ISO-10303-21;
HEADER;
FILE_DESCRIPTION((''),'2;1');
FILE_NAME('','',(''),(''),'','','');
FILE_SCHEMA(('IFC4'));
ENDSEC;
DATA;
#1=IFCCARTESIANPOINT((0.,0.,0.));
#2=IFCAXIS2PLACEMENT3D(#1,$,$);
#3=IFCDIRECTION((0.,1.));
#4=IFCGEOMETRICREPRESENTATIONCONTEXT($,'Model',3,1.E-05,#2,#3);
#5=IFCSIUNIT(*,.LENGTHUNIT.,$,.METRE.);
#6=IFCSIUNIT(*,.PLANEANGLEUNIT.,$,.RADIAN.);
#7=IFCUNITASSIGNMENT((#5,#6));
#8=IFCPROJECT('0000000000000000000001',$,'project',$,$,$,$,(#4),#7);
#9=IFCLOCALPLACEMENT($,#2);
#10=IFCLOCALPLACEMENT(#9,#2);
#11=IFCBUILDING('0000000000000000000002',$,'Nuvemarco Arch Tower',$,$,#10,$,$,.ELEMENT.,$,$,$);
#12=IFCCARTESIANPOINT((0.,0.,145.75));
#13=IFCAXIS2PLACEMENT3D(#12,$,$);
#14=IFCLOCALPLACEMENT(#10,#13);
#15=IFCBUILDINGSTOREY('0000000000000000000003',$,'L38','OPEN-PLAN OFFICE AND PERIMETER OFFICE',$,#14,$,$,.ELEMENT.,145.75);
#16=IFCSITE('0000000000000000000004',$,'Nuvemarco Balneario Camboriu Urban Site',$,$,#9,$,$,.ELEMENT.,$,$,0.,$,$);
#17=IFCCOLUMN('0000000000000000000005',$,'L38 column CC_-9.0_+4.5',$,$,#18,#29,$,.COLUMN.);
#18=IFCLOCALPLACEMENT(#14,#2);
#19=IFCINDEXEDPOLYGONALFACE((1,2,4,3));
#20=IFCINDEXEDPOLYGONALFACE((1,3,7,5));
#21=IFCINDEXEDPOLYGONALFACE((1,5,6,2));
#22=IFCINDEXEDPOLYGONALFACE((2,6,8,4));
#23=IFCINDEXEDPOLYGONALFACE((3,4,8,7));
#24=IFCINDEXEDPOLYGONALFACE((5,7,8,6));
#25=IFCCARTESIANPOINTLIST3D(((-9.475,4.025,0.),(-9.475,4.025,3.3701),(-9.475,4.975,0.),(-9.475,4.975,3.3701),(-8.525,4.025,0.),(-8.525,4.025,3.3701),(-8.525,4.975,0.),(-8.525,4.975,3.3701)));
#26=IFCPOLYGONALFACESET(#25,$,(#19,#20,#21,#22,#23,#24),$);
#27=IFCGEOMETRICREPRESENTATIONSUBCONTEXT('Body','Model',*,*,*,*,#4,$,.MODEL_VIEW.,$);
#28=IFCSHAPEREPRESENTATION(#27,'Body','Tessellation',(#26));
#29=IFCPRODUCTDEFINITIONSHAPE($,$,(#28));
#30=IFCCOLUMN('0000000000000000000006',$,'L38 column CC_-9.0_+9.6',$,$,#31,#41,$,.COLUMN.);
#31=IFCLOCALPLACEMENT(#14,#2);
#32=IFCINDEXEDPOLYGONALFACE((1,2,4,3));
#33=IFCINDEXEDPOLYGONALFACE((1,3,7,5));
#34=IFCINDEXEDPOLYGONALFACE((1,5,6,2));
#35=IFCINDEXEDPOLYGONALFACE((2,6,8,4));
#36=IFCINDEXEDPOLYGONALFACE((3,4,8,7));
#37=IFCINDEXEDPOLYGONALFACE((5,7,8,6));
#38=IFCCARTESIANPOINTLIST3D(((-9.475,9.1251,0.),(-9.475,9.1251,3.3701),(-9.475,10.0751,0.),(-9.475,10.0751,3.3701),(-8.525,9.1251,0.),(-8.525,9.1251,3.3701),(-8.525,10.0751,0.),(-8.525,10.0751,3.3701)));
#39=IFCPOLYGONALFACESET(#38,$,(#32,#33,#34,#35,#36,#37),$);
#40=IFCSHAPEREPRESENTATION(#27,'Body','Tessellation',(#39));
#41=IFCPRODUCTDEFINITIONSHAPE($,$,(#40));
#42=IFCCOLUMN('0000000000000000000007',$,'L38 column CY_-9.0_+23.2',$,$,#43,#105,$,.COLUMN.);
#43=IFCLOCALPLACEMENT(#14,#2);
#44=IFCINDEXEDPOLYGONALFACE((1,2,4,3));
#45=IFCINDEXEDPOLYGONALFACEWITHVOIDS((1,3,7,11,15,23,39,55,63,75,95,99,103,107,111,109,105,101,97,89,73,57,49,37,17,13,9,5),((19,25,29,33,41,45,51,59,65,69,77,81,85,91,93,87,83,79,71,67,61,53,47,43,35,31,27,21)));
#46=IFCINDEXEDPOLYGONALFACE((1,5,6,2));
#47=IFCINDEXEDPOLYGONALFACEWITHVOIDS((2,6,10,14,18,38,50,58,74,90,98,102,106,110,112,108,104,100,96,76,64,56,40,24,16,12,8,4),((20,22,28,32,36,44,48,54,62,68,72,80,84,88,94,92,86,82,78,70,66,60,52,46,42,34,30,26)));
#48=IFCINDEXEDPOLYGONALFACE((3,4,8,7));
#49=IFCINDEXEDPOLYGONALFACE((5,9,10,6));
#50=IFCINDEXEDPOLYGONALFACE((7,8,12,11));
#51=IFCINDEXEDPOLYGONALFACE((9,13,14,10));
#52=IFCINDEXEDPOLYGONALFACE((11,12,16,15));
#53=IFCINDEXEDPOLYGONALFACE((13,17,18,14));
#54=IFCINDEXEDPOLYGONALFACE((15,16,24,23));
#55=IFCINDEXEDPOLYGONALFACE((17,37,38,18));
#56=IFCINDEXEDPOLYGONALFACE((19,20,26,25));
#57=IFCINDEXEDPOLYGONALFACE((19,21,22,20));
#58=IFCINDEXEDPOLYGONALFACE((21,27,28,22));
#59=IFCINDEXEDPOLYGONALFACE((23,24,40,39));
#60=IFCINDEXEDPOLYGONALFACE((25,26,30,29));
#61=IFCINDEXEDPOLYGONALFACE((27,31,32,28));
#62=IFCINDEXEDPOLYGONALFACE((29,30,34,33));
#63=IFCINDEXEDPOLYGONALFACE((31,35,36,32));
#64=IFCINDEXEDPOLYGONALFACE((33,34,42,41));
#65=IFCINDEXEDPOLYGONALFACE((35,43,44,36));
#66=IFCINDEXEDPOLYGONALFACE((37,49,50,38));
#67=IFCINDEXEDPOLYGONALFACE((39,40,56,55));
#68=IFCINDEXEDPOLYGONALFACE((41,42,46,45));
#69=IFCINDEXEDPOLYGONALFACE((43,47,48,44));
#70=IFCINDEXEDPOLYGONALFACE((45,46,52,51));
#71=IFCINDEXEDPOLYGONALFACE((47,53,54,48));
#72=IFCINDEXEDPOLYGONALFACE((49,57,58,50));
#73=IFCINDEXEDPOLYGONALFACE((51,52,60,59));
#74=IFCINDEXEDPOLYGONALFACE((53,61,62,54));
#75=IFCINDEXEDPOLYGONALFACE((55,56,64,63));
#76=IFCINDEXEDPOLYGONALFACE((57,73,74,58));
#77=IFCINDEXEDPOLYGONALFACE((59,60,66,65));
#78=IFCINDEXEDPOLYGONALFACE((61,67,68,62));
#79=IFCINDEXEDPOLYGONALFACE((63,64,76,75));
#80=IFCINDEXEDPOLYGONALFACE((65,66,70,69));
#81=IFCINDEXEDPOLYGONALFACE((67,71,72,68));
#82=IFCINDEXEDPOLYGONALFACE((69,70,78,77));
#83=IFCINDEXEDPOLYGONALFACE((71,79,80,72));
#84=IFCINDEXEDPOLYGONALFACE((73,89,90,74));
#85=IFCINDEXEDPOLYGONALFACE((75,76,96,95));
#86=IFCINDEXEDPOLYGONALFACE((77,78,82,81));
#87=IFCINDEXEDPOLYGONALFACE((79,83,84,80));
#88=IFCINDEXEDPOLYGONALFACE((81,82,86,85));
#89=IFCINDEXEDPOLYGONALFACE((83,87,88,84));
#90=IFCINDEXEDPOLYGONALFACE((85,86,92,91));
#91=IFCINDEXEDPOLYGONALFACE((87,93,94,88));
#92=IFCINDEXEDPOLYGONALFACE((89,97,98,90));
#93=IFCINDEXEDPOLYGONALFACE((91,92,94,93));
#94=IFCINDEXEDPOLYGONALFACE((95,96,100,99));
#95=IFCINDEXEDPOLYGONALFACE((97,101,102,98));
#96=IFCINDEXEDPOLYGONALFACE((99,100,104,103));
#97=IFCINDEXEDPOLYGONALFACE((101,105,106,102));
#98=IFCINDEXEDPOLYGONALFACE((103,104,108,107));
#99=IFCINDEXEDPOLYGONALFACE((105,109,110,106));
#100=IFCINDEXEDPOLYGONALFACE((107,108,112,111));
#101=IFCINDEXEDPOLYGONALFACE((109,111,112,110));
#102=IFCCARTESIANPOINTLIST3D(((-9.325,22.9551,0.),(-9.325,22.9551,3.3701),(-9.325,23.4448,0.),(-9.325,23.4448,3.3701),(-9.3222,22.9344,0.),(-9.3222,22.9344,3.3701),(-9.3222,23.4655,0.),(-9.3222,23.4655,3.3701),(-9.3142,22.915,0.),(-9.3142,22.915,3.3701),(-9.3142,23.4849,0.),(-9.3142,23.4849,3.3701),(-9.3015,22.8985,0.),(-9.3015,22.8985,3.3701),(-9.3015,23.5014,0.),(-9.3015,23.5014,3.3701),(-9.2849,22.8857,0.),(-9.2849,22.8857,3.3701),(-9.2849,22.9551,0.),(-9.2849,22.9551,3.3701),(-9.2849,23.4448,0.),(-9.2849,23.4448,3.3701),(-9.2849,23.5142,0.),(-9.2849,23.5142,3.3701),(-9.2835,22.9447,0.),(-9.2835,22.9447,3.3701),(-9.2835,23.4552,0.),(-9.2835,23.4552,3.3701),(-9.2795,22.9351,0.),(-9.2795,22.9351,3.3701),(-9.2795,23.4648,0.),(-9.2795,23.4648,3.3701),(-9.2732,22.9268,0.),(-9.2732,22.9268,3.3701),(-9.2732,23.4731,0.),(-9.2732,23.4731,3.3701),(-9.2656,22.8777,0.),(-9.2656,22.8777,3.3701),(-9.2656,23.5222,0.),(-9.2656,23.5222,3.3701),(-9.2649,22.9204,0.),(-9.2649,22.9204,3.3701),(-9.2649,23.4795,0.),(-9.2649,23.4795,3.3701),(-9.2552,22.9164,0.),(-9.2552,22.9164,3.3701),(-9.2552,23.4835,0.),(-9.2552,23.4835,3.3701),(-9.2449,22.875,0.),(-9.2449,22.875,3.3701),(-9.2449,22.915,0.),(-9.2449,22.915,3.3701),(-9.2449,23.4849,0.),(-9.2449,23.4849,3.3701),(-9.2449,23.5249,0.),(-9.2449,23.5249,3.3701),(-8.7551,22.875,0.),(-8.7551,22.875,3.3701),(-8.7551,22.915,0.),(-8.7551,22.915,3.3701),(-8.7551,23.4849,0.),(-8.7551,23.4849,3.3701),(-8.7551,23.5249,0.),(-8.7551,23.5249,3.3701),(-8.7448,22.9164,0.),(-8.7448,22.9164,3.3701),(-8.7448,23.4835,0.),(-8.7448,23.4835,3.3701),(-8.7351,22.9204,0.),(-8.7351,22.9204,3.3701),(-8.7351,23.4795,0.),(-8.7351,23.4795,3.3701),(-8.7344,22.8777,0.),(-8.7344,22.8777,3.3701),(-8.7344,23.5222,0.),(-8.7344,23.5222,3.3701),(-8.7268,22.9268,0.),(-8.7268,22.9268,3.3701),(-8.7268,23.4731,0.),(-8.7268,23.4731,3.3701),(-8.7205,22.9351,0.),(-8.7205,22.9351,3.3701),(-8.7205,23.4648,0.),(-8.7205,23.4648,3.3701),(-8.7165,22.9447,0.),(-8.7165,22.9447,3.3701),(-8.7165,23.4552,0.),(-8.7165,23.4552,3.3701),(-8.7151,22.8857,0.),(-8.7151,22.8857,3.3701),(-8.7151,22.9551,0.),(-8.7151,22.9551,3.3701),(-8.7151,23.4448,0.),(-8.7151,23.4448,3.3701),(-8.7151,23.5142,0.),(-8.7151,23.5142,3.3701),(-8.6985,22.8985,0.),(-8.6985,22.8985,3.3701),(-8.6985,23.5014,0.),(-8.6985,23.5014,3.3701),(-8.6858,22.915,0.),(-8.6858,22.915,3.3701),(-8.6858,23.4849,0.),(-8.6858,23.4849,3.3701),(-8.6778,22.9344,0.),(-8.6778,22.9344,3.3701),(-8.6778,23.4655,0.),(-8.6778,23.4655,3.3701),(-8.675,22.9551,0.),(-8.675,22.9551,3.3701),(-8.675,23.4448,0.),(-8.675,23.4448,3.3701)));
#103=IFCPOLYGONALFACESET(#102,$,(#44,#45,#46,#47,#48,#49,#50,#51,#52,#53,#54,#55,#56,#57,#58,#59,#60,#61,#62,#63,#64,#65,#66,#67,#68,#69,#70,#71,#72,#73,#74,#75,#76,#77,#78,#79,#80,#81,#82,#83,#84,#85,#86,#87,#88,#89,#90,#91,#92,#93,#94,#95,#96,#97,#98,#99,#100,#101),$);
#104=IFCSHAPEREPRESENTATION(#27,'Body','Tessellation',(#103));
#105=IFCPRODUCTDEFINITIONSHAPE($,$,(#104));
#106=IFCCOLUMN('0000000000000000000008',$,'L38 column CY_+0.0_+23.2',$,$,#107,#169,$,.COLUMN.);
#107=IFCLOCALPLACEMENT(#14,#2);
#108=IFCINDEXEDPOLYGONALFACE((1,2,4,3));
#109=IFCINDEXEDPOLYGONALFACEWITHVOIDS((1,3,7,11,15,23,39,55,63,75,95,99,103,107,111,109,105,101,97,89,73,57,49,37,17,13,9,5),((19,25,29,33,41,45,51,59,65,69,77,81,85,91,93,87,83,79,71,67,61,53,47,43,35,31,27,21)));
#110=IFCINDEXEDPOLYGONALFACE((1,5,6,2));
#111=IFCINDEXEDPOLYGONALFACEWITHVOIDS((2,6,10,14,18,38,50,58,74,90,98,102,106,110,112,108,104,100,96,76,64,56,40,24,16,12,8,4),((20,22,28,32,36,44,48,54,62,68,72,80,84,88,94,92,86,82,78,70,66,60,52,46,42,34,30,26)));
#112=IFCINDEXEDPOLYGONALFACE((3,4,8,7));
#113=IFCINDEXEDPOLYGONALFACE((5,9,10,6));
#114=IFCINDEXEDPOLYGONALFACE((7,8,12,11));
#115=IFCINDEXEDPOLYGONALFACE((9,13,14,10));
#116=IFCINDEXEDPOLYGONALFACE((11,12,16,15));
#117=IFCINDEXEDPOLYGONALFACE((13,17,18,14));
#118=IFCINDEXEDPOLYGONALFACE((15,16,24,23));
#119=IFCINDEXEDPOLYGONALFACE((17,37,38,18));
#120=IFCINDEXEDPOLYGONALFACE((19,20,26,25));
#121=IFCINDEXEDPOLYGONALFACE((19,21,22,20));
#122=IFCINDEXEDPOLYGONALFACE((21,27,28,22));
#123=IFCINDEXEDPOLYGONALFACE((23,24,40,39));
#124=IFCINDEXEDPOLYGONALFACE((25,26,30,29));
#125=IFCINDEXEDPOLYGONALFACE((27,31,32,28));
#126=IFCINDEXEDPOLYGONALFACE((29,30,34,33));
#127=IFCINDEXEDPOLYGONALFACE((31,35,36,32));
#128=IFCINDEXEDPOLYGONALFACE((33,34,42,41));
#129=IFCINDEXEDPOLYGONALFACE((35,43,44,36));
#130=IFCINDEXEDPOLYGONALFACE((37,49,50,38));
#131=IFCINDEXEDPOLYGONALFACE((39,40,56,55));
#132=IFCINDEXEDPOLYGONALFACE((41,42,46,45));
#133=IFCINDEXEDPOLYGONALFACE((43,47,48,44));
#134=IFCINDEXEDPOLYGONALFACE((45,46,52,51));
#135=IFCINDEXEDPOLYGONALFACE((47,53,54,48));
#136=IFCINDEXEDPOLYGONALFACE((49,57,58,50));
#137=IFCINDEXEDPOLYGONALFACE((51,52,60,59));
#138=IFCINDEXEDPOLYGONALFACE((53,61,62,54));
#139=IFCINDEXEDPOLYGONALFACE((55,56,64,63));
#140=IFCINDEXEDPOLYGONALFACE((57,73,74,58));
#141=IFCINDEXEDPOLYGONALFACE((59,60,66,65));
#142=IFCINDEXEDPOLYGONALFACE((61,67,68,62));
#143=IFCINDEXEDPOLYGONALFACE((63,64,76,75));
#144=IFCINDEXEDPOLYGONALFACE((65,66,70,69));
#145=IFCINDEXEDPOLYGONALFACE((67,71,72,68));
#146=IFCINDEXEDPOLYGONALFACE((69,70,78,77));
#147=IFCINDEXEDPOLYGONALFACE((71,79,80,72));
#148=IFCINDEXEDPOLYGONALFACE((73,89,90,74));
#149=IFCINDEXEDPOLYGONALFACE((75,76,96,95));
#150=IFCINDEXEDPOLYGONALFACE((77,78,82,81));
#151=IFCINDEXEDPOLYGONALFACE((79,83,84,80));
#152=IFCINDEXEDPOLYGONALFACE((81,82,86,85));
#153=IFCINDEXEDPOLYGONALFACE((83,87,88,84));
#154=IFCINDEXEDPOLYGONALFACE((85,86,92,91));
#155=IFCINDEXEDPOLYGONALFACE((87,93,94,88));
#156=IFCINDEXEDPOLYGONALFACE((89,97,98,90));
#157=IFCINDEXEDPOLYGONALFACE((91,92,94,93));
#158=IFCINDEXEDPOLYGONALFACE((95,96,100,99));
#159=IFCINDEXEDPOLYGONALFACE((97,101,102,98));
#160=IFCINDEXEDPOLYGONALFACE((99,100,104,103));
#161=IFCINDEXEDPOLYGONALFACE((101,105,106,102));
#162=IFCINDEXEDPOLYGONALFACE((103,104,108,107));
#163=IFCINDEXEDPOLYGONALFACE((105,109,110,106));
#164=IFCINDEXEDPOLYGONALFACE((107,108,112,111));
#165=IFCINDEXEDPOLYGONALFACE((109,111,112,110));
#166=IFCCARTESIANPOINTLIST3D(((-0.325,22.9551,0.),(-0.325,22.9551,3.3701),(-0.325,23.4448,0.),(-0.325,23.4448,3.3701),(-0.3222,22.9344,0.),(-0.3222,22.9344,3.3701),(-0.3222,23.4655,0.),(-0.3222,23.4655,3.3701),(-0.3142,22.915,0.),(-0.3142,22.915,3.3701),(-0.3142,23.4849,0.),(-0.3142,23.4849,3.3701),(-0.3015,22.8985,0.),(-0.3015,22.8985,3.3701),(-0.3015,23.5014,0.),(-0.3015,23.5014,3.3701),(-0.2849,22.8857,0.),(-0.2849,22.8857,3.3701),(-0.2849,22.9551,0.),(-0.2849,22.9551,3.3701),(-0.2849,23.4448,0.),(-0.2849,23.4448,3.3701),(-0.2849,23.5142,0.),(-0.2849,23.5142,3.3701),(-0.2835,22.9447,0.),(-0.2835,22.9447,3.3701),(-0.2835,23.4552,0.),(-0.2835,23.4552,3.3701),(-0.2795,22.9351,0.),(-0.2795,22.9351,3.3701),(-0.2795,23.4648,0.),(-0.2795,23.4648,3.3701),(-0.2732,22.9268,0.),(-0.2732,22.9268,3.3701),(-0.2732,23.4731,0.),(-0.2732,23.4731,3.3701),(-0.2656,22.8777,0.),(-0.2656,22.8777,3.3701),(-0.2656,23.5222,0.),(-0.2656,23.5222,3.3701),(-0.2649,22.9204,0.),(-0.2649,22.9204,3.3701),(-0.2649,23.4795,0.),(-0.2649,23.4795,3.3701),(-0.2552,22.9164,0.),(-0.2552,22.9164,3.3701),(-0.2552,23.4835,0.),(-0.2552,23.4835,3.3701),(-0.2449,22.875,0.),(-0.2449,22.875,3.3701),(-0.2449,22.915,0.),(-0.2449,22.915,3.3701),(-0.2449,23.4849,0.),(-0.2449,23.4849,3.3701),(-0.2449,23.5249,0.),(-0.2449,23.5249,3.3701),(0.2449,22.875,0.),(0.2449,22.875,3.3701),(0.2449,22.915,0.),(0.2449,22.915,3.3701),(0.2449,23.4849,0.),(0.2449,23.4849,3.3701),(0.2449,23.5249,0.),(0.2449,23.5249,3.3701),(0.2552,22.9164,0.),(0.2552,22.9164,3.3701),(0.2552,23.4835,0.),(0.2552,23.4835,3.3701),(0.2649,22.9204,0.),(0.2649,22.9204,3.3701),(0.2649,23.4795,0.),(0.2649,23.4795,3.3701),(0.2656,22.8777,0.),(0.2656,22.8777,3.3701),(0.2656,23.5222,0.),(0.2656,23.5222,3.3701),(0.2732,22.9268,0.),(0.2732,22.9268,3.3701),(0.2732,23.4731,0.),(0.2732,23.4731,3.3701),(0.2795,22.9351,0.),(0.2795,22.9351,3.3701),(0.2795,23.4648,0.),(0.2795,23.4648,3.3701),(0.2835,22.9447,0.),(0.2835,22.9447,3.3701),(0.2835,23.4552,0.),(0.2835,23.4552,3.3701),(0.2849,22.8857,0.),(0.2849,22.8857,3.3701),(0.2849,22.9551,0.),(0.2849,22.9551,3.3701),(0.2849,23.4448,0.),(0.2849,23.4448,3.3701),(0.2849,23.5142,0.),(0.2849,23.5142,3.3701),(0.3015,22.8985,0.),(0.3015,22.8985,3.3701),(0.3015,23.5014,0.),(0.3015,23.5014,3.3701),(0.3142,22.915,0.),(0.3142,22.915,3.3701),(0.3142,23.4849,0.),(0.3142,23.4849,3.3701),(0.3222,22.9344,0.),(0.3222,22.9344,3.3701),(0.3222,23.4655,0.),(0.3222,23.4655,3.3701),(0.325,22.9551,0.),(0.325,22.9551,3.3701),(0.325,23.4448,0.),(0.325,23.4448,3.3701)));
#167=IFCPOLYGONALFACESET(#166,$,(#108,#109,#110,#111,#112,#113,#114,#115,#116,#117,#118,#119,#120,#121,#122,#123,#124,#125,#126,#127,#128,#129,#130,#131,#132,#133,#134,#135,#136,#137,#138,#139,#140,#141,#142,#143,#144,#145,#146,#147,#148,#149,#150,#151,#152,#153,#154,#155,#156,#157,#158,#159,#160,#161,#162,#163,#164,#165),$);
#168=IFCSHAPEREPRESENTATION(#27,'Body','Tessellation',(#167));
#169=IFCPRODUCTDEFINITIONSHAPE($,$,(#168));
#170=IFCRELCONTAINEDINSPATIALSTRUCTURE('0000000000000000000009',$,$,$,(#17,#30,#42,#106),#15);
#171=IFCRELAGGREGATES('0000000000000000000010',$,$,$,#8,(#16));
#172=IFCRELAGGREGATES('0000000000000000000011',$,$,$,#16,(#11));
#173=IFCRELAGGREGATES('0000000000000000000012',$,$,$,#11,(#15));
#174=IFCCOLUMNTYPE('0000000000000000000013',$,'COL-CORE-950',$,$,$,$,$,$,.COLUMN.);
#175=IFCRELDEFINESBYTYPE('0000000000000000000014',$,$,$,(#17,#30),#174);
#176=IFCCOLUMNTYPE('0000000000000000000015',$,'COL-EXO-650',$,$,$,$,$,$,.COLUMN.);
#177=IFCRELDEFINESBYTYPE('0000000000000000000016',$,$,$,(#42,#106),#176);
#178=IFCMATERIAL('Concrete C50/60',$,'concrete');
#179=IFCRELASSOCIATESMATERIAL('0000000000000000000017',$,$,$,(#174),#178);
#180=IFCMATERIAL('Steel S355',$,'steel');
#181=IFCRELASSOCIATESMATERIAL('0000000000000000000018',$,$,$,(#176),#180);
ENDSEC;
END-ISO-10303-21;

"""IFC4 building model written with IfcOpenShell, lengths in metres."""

from ifc_helpers import new_model, si_unit, direction, frame, origin, origin_2d, place, context, subcontext, project, spatial, rectangle, hollow_rectangle, extrude, material, material_profile, profile_set, type_object, element, save


model = new_model("IFC4")

# Units and contexts
model_context = context("Model", 3, precision=1e-05, world=origin(), true_north=direction((0.0, 1.0)))
body_context = subcontext(model_context, "Body", "Model", "MODEL_VIEW")
ifc_project = project(units=[si_unit("LENGTHUNIT", "METRE"), si_unit("PLANEANGLEUNIT", "RADIAN")], contexts=[model_context])

# Site, building, storey
site_placement = place(None, origin())
site = spatial("IfcSite", under=ifc_project, at=site_placement, Name="Nuvemarco Balneario Camboriu Urban Site", CompositionType="ELEMENT", RefElevation=0.0)
building_placement = place(site_placement, origin())
building = spatial("IfcBuilding", under=site, at=building_placement, Name="Nuvemarco Arch Tower", CompositionType="ELEMENT")
storey_placement = place(building_placement, frame((0.0, 0.0, 145.75)))
storey = spatial("IfcBuildingStorey", under=building, at=storey_placement, Name="L38", Description="OPEN-PLAN OFFICE AND PERIMETER OFFICE", CompositionType="ELEMENT", Elevation=145.75)

# Columns
ifc_material_1 = material(Name="Concrete C50/60", Category="concrete")
ifc_material_profile_1 = material_profile(ifc_material_1, rectangle(XDim=0.95, YDim=0.95, at=origin_2d()), Name="RC-COL-950x950")
ifc_profile_set_1 = profile_set([ifc_material_profile_1], Name="Concrete C50/60")
column_type_1 = type_object("IfcColumnType", Name="COL-CORE-950", PredefinedType="COLUMN", material=ifc_profile_set_1)
for number, where, z_axis, x_axis, name in (
    (1, (-9.0, 4.5, 0.0), (0.0, 0.0, 1.0), (1.0, 0.0, 0.0), "L38 column CC_-9.0_+4.5"),
    (2, (-9.0, 9.6001, 0.0), (0.0, 0.0, 1.0), (1.0, 0.0, 0.0), "L38 column CC_-9.0_+9.6"),
):
    element("IfcColumn", number, at=place(storey_placement, frame(where, z_axis=z_axis, x_axis=x_axis)), inside=storey, type_object=column_type_1, Name=name, PredefinedType="COLUMN", context=body_context, shape_type="SweptSolid", body=[
        extrude(rectangle(XDim=0.95, YDim=0.95, at=origin_2d()), origin(), (0.0, 0.0, 1.0), 3.3701),
    ])
ifc_material_2 = material(Name="Steel S355", Category="steel")
ifc_material_profile_2 = material_profile(ifc_material_2, hollow_rectangle(XDim=0.6499, YDim=0.6499, WallThickness=0.04, InnerFilletRadius=0.04, OuterFilletRadius=0.0801, at=origin_2d()), Name="SHS650x650x40")
ifc_profile_set_2 = profile_set([ifc_material_profile_2], Name="Steel S355")
column_type_2 = type_object("IfcColumnType", Name="COL-EXO-650", PredefinedType="COLUMN", material=ifc_profile_set_2)
for number, where, z_axis, x_axis, name in (
    (3, (-9.0, 23.2, 0.0), (0.0, 0.0, 1.0), (1.0, 0.0, 0.0), "L38 column CY_-9.0_+23.2"),
    (4, (0.0, 23.2, 0.0), (0.0, 0.0, 1.0), (1.0, 0.0, 0.0), "L38 column CY_+0.0_+23.2"),
):
    element("IfcColumn", number, at=place(storey_placement, frame(where, z_axis=z_axis, x_axis=x_axis)), inside=storey, type_object=column_type_2, Name=name, PredefinedType="COLUMN", context=body_context, shape_type="SweptSolid", body=[
        extrude(hollow_rectangle(XDim=0.6499, YDim=0.6499, WallThickness=0.04, InnerFilletRadius=0.04, OuterFilletRadius=0.0801, at=origin_2d()), origin(), (0.0, 0.0, 1.0), 3.3701),
    ])

save(model, "model.ifc")
